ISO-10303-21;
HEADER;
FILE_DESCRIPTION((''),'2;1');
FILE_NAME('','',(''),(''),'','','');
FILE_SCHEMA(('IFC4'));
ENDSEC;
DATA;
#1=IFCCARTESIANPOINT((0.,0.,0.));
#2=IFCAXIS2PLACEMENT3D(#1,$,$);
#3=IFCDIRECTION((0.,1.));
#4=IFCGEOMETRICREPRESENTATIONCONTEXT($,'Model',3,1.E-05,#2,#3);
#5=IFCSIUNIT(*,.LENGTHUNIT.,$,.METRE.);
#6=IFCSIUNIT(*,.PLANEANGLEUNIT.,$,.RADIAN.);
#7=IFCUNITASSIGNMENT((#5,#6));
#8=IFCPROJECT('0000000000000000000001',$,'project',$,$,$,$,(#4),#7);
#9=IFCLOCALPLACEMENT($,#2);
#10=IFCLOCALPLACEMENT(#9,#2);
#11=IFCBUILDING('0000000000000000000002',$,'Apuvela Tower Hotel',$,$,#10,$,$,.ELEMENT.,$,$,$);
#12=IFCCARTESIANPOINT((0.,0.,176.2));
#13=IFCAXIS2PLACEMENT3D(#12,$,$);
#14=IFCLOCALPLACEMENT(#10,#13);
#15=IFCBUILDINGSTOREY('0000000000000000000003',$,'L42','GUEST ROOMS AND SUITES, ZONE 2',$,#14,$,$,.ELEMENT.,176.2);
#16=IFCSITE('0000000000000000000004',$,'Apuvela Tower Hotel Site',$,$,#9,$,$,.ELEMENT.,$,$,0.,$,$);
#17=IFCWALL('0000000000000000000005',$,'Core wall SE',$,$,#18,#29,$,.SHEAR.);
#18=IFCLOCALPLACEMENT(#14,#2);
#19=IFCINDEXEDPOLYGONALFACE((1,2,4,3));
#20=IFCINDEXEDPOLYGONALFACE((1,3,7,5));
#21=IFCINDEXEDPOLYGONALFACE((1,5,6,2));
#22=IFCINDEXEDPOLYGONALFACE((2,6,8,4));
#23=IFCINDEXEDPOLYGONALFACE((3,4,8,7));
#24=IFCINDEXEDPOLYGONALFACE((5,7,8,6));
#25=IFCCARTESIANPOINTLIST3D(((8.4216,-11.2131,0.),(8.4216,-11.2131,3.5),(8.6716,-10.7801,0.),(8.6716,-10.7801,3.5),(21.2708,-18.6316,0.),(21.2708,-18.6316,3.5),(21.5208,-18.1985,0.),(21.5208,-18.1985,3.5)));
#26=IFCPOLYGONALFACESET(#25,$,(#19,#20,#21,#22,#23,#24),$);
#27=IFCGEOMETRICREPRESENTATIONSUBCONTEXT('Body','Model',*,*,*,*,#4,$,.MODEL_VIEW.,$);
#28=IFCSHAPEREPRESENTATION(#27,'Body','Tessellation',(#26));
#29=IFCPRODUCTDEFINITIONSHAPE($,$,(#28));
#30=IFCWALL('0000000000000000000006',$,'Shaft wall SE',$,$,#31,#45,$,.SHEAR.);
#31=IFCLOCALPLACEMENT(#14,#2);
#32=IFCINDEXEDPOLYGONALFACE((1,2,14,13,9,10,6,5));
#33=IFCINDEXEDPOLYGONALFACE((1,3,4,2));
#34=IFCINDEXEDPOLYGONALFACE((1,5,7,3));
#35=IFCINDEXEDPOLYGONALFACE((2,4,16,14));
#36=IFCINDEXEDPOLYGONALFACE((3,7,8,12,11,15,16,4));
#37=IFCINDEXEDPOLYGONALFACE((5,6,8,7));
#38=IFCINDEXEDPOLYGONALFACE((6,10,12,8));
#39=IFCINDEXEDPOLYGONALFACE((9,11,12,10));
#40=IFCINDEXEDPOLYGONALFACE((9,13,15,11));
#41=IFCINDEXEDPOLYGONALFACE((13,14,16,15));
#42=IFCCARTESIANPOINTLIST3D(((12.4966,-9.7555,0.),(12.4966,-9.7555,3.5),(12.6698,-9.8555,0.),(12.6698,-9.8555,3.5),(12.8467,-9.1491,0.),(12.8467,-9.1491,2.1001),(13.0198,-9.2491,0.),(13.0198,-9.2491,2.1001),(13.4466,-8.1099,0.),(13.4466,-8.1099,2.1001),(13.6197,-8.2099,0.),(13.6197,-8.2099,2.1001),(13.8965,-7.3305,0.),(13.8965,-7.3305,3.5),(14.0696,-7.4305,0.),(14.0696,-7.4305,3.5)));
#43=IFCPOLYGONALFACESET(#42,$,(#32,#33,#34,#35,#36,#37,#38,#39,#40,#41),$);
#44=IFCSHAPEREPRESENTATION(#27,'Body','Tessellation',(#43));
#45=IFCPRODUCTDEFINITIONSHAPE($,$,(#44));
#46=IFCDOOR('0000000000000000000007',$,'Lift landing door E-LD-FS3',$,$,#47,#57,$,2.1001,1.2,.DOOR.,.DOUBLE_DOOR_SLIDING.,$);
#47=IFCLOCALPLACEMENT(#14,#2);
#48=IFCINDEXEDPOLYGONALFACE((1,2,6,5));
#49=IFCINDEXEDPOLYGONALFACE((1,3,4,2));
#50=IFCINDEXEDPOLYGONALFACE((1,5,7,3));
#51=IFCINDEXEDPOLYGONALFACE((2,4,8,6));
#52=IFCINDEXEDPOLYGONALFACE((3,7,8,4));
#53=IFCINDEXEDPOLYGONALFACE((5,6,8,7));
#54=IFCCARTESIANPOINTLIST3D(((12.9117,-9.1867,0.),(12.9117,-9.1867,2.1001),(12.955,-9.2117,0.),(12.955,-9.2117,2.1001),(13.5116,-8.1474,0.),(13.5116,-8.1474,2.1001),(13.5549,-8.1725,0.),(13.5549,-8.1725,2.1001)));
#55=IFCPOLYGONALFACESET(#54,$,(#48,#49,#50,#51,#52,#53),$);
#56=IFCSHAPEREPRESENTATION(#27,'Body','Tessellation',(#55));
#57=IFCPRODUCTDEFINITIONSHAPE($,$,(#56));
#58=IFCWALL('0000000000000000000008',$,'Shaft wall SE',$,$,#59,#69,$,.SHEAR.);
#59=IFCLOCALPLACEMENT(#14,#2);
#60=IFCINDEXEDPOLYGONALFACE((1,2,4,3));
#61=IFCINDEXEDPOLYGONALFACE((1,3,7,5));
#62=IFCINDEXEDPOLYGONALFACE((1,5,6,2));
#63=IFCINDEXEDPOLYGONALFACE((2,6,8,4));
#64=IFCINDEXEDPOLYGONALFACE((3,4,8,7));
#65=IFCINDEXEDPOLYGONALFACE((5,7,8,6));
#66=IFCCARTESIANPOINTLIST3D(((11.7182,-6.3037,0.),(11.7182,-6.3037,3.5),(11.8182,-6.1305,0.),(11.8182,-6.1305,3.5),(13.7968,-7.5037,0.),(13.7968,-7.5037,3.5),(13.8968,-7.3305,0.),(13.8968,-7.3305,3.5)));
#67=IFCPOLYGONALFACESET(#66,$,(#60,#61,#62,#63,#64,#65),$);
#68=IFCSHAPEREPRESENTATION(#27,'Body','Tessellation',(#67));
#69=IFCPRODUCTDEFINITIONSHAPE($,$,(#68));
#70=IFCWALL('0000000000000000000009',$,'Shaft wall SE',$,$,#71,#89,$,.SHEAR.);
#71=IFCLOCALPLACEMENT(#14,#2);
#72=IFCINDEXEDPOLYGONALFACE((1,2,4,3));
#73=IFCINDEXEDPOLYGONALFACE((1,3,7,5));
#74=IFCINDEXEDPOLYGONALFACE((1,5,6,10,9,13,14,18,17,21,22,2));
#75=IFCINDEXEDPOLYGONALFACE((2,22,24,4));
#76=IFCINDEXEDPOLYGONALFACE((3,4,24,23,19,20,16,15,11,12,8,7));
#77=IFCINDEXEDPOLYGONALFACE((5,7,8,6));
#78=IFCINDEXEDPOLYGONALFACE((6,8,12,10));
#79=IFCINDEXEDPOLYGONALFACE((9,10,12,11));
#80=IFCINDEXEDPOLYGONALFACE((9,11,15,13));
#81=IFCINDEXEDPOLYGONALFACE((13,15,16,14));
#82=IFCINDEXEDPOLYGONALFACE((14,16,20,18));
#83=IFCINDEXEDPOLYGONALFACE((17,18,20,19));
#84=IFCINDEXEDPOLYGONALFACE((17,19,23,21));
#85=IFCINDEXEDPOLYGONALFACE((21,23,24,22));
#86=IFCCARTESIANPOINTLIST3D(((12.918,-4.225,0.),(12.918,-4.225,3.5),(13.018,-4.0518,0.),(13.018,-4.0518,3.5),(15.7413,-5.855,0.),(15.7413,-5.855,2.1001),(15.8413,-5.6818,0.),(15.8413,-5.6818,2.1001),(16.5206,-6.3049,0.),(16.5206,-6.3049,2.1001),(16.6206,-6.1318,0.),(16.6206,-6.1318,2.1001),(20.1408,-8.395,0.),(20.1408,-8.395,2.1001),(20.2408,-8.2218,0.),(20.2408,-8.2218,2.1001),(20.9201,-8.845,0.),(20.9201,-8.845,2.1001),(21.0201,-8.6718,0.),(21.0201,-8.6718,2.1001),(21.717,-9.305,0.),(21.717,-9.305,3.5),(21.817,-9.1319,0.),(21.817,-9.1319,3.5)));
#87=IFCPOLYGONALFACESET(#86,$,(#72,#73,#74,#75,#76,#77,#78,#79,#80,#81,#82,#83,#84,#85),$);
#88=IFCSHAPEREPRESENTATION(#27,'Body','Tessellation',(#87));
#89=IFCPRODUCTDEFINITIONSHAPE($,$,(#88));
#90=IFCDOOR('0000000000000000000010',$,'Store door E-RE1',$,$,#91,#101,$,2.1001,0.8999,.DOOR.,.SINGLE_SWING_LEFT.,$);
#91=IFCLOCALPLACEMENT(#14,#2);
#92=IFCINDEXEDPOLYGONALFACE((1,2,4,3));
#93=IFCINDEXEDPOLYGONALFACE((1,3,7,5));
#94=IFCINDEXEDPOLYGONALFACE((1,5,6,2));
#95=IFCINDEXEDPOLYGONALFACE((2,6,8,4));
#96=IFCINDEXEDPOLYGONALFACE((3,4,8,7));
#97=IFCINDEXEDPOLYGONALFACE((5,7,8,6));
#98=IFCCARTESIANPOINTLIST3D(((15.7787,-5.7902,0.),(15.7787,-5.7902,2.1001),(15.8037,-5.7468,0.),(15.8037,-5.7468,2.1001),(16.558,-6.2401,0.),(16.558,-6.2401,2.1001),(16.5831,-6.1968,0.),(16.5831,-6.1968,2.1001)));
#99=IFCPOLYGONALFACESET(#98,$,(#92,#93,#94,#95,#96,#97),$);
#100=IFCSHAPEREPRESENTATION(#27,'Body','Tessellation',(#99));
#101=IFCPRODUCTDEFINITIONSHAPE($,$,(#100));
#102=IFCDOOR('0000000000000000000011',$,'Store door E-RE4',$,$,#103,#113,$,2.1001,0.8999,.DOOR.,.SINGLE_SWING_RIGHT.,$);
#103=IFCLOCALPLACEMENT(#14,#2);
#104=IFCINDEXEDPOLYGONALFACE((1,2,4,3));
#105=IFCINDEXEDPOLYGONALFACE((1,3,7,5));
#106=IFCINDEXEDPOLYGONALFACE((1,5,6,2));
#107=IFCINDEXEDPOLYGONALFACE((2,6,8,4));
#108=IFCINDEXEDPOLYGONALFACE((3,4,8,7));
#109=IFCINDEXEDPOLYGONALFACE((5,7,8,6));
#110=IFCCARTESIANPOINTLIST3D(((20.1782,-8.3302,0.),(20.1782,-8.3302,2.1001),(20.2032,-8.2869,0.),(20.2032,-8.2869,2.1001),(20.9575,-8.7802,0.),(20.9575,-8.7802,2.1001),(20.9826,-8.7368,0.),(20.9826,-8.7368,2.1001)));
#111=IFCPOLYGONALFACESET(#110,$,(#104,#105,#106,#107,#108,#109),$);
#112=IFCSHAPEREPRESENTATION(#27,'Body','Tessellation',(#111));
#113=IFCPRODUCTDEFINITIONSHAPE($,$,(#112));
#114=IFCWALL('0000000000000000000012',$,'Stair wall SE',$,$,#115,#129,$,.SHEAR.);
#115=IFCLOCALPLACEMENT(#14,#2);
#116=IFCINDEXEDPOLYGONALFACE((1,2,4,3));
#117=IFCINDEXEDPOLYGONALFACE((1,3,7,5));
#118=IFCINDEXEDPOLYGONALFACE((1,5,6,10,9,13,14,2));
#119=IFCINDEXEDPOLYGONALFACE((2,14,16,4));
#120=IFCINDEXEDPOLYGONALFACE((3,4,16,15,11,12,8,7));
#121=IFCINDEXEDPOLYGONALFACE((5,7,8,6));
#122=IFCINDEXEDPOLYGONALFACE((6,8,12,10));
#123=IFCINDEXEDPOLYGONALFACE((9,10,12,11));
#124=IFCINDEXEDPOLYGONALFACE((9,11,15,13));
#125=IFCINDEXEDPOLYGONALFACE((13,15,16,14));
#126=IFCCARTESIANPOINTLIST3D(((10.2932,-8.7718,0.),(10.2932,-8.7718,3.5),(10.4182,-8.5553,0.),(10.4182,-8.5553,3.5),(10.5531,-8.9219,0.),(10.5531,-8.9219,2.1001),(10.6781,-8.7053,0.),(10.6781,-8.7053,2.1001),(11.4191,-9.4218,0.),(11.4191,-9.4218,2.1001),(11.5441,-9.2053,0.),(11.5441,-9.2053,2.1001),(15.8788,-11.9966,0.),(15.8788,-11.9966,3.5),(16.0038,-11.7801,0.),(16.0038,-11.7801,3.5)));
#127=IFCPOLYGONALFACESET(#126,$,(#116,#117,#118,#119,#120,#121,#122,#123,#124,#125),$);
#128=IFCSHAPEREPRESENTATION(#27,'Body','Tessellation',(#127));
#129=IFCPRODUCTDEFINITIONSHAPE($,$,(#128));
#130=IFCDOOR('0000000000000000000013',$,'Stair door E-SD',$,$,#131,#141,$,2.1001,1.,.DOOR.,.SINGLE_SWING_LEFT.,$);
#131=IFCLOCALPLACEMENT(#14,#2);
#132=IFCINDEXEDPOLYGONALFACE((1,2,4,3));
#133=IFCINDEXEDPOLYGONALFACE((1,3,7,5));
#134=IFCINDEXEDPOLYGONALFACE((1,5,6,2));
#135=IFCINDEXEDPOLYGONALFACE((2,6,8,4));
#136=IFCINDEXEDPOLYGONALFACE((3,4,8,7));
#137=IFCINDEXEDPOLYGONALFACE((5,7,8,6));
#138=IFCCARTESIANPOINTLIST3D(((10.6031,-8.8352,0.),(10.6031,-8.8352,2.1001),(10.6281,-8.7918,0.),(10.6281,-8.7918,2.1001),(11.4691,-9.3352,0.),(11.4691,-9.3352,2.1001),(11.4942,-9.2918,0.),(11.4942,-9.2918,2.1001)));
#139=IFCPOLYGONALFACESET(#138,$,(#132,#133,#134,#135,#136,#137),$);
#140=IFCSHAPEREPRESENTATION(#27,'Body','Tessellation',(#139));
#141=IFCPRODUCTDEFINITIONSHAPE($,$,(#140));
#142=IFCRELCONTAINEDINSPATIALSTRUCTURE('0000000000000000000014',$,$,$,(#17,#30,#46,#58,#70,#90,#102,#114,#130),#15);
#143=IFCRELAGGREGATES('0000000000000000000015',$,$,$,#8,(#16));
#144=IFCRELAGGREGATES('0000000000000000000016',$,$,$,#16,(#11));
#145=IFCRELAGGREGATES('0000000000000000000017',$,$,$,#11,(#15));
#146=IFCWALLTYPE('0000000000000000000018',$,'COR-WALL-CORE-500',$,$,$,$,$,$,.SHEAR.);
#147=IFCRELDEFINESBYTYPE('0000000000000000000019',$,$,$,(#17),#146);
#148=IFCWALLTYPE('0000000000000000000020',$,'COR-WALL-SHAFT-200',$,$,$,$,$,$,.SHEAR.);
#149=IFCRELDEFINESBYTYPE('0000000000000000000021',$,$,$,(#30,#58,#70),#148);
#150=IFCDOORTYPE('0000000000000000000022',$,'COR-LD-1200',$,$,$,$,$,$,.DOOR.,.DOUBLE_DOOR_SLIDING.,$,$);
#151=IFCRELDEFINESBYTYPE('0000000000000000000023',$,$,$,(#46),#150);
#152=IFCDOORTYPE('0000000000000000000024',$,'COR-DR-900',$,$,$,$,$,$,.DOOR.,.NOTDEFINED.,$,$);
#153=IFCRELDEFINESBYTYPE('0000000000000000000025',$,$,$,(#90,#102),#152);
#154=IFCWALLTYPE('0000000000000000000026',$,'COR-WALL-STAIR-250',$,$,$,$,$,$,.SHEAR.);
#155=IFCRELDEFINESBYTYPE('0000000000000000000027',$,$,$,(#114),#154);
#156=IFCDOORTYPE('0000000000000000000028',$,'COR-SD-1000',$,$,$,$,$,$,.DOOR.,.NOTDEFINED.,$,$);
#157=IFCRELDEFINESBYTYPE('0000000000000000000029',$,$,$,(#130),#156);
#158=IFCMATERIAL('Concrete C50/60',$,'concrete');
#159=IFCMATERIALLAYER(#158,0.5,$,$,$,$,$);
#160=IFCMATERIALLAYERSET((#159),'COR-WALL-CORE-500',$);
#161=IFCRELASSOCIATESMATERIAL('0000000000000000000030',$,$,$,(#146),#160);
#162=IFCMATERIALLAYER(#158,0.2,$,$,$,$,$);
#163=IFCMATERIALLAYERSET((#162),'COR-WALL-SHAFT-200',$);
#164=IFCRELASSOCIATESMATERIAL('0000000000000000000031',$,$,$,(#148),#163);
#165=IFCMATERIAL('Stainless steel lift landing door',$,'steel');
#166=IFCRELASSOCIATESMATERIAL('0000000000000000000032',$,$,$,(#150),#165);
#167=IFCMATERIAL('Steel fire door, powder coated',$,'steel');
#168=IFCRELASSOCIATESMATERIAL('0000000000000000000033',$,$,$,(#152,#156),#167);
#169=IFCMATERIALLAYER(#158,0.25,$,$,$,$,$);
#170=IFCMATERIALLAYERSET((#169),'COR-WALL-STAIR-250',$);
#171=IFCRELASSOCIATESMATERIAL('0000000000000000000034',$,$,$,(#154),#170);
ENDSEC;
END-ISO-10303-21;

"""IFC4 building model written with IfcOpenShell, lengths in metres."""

from ifc_helpers import new_model, si_unit, direction, frame, frame_2d, origin, place, context, subcontext, project, spatial, rectangle, extrude, material, layer, layer_set, type_object, element, fill, save


model = new_model("IFC4")

# Units and contexts
model_context = context("Model", 3, precision=1e-05, world=origin(), true_north=direction((0.0, 1.0)))
body_context = subcontext(model_context, "Body", "Model", "MODEL_VIEW")
ifc_project = project(units=[si_unit("LENGTHUNIT", "METRE"), si_unit("PLANEANGLEUNIT", "RADIAN")], contexts=[model_context])

# Site, building, storey
site_placement = place(None, origin())
site = spatial("IfcSite", under=ifc_project, at=site_placement, Name="Apuvela Tower Hotel Site", CompositionType="ELEMENT", RefElevation=0.0)
building_placement = place(site_placement, origin())
building = spatial("IfcBuilding", under=site, at=building_placement, Name="Apuvela Tower Hotel", CompositionType="ELEMENT")
storey_placement = place(building_placement, frame((0.0, 0.0, 176.2)))
storey = spatial("IfcBuildingStorey", under=building, at=storey_placement, Name="L42", Description="GUEST ROOMS AND SUITES, ZONE 2", CompositionType="ELEMENT", Elevation=176.2)

# Shared definitions
ifc_material_1 = material(Name="Concrete C50/60", Category="concrete")

# Shared definitions
ifc_material_2 = material(Name="Steel fire door, powder coated", Category="steel")

# Wall
ifc_layer_1 = layer(ifc_material_1, 0.5)
ifc_layer_set_1 = layer_set([ifc_layer_1], Name="COR-WALL-CORE-500")
wall_type_1 = type_object("IfcWallType", Name="COR-WALL-CORE-500", PredefinedType="SHEAR", material=ifc_layer_set_1)
wall_1_placement = place(storey_placement, frame((8.5466, -10.9966, 0.0), z_axis=(0.0, 0.0, 1.0), x_axis=(0.866025, -0.500001, 0.0)))
element("IfcWall", 1, at=wall_1_placement, inside=storey, type_object=wall_type_1, Name="Core wall SE", PredefinedType="SHEAR", context=body_context, shape_type="SweptSolid", body=[
    extrude(rectangle(XDim=14.8369, YDim=0.5, at=frame_2d((7.4185, 0.0))), origin(), (0.0, 0.0, 1.0), 3.5),
])

# Wall, opening, door
ifc_layer_2 = layer(ifc_material_1, 0.2)
ifc_layer_set_2 = layer_set([ifc_layer_2], Name="COR-WALL-SHAFT-200")
wall_type_2 = type_object("IfcWallType", Name="COR-WALL-SHAFT-200", PredefinedType="SHEAR", material=ifc_layer_set_2)
wall_2_placement = place(storey_placement, frame((12.5833, -9.8054, 0.0), z_axis=(0.0, 0.0, 1.0), x_axis=(0.499946, 0.866056, 0.0)))
wall_2 = element("IfcWall", 2, at=wall_2_placement, inside=storey, type_object=wall_type_2, Name="Shaft wall SE", PredefinedType="SHEAR", context=body_context, shape_type="SweptSolid", body=[
    extrude(rectangle(XDim=2.8, YDim=0.2, at=frame_2d((1.3999, 0.0))), origin(), (0.0, 0.0, 1.0), 3.5),
])
opening_1_placement = place(wall_2_placement, frame((0.7, 0.0, 0.0)))
opening_1 = element("IfcOpeningElement", 3, at=opening_1_placement, cuts=wall_2, PredefinedType="OPENING", context=body_context, shape_type="SweptSolid", body=[
    extrude(rectangle(XDim=1.2, YDim=2.1001, at=frame_2d((0.6001, 1.05))), frame((0.0, 0.1099, 0.0), z_axis=(0.0, -1.0, 0.0), x_axis=(1.0, 0.0, 0.0)), (0.0, 0.0, 1.0), 0.22),
])
ifc_material_3 = material(Name="Stainless steel lift landing door", Category="steel")
door_type_1 = type_object("IfcDoorType", Name="COR-LD-1200", OperationType="DOUBLE_DOOR_SLIDING", PredefinedType="DOOR", material=ifc_material_3)
door_1_placement = place(opening_1_placement, origin())
door_1 = element("IfcDoor", 4, at=door_1_placement, inside=storey, type_object=door_type_1, Name="Lift landing door E-LD-FS3", OperationType="DOUBLE_DOOR_SLIDING", OverallHeight=2.1001, OverallWidth=1.2, PredefinedType="DOOR", context=body_context, shape_type="SweptSolid", body=[
    extrude(rectangle(XDim=1.2, YDim=2.1001, at=frame_2d((0.6001, 1.05))), frame((0.0, 0.0249, 0.0), z_axis=(0.0, -1.0, 0.0), x_axis=(1.0, 0.0, 0.0)), (0.0, 0.0, 1.0), 0.05),
])
fill(opening_1, door_1)

# Wall
wall_3_placement = place(storey_placement, frame((11.7681, -6.217, 0.0), z_axis=(0.0, 0.0, 1.0), x_axis=(0.86605, -0.499957, 0.0)))
element("IfcWall", 5, at=wall_3_placement, inside=storey, type_object=wall_type_2, Name="Shaft wall SE", PredefinedType="SHEAR", context=body_context, shape_type="SweptSolid", body=[
    extrude(rectangle(XDim=2.4001, YDim=0.2, at=frame_2d((1.2002, 0.0))), origin(), (0.0, 0.0, 1.0), 3.5),
])

# Wall, openings, doors
wall_4_placement = place(storey_placement, frame((12.968, -4.1384, 0.0), z_axis=(0.0, 0.0, 1.0), x_axis=(0.866028, -0.499995, 0.0)))
wall_4 = element("IfcWall", 6, at=wall_4_placement, inside=storey, type_object=wall_type_2, Name="Shaft wall SE", PredefinedType="SHEAR", context=body_context, shape_type="SweptSolid", body=[
    extrude(rectangle(XDim=10.1602, YDim=0.2, at=frame_2d((5.0801, 0.0))), origin(), (0.0, 0.0, 1.0), 3.5),
])
opening_2_placement = place(wall_4_placement, frame((3.26, 0.0, 0.0)))
opening_2 = element("IfcOpeningElement", 7, at=opening_2_placement, cuts=wall_4, PredefinedType="OPENING", context=body_context, shape_type="SweptSolid", body=[
    extrude(rectangle(XDim=0.8999, YDim=2.1001, at=frame_2d((0.45, 1.05))), frame((0.0, 0.1099, 0.0), z_axis=(0.0, -1.0, 0.0), x_axis=(1.0, 0.0, 0.0)), (0.0, 0.0, 1.0), 0.22),
])
opening_3_placement = place(wall_4_placement, frame((8.3401, 0.0, 0.0)))
opening_3 = element("IfcOpeningElement", 8, at=opening_3_placement, cuts=wall_4, PredefinedType="OPENING", context=body_context, shape_type="SweptSolid", body=[
    extrude(rectangle(XDim=0.8999, YDim=2.1001, at=frame_2d((0.45, 1.05))), frame((0.0, 0.1099, 0.0), z_axis=(0.0, -1.0, 0.0), x_axis=(1.0, 0.0, 0.0)), (0.0, 0.0, 1.0), 0.22),
])
door_type_2 = type_object("IfcDoorType", Name="COR-DR-900", OperationType="NOTDEFINED", PredefinedType="DOOR", material=ifc_material_2)
door_2_placement = place(opening_2_placement, origin())
door_2 = element("IfcDoor", 9, at=door_2_placement, inside=storey, type_object=door_type_2, Name="Store door E-RE1", OperationType="SINGLE_SWING_LEFT", OverallHeight=2.1001, OverallWidth=0.8999, PredefinedType="DOOR", context=body_context, shape_type="SweptSolid", body=[
    extrude(rectangle(XDim=0.8999, YDim=2.1001, at=frame_2d((0.45, 1.05))), frame((0.0, 0.0249, 0.0), z_axis=(0.0, -1.0, 0.0), x_axis=(1.0, 0.0, 0.0)), (0.0, 0.0, 1.0), 0.05),
])
fill(opening_2, door_2)
door_3_placement = place(opening_3_placement, origin())
door_3 = element("IfcDoor", 10, at=door_3_placement, inside=storey, type_object=door_type_2, Name="Store door E-RE4", OperationType="SINGLE_SWING_RIGHT", OverallHeight=2.1001, OverallWidth=0.8999, PredefinedType="DOOR", context=body_context, shape_type="SweptSolid", body=[
    extrude(rectangle(XDim=0.8999, YDim=2.1001, at=frame_2d((0.45, 1.05))), frame((0.0, 0.0249, 0.0), z_axis=(0.0, -1.0, 0.0), x_axis=(1.0, 0.0, 0.0)), (0.0, 0.0, 1.0), 0.05),
])
fill(opening_3, door_3)

# Wall, opening, door
ifc_layer_3 = layer(ifc_material_1, 0.25)
ifc_layer_set_3 = layer_set([ifc_layer_3], Name="COR-WALL-STAIR-250")
wall_type_3 = type_object("IfcWallType", Name="COR-WALL-STAIR-250", PredefinedType="SHEAR", material=ifc_layer_set_3)
wall_5_placement = place(storey_placement, frame((10.3557, -8.6636, 0.0), z_axis=(0.0, 0.0, 1.0), x_axis=(0.866029, -0.499994, 0.0)))
wall_5 = element("IfcWall", 11, at=wall_5_placement, inside=storey, type_object=wall_type_3, Name="Stair wall SE", PredefinedType="SHEAR", context=body_context, shape_type="SweptSolid", body=[
    extrude(rectangle(XDim=6.4497, YDim=0.25, at=frame_2d((3.2249, 0.0))), origin(), (0.0, 0.0, 1.0), 3.5),
])
opening_4_placement = place(wall_5_placement, frame((0.3, 0.0, 0.0)))
opening_4 = element("IfcOpeningElement", 12, at=opening_4_placement, cuts=wall_5, PredefinedType="OPENING", context=body_context, shape_type="SweptSolid", body=[
    extrude(rectangle(XDim=1.0, YDim=2.1001, at=frame_2d((0.5, 1.05))), frame((0.0, 0.135, 0.0), z_axis=(0.0, -1.0, 0.0), x_axis=(1.0, 0.0, 0.0)), (0.0, 0.0, 1.0), 0.27),
])
door_type_3 = type_object("IfcDoorType", Name="COR-SD-1000", OperationType="NOTDEFINED", PredefinedType="DOOR", material=ifc_material_2)
door_4_placement = place(opening_4_placement, frame((1.0, 0.0, 0.0), z_axis=(0.0, 0.0, 1.0), x_axis=(-1.0, 0.0, 0.0)))
door_4 = element("IfcDoor", 13, at=door_4_placement, inside=storey, type_object=door_type_3, Name="Stair door E-SD", OperationType="SINGLE_SWING_LEFT", OverallHeight=2.1001, OverallWidth=1.0, PredefinedType="DOOR", context=body_context, shape_type="SweptSolid", body=[
    extrude(rectangle(XDim=1.0, YDim=2.1001, at=frame_2d((0.5, 1.05))), frame((0.0, 0.0249, 0.0), z_axis=(0.0, -1.0, 0.0), x_axis=(1.0, 0.0, 0.0)), (0.0, 0.0, 1.0), 0.05),
])
fill(opening_4, door_4)

save(model, "model.ifc")
